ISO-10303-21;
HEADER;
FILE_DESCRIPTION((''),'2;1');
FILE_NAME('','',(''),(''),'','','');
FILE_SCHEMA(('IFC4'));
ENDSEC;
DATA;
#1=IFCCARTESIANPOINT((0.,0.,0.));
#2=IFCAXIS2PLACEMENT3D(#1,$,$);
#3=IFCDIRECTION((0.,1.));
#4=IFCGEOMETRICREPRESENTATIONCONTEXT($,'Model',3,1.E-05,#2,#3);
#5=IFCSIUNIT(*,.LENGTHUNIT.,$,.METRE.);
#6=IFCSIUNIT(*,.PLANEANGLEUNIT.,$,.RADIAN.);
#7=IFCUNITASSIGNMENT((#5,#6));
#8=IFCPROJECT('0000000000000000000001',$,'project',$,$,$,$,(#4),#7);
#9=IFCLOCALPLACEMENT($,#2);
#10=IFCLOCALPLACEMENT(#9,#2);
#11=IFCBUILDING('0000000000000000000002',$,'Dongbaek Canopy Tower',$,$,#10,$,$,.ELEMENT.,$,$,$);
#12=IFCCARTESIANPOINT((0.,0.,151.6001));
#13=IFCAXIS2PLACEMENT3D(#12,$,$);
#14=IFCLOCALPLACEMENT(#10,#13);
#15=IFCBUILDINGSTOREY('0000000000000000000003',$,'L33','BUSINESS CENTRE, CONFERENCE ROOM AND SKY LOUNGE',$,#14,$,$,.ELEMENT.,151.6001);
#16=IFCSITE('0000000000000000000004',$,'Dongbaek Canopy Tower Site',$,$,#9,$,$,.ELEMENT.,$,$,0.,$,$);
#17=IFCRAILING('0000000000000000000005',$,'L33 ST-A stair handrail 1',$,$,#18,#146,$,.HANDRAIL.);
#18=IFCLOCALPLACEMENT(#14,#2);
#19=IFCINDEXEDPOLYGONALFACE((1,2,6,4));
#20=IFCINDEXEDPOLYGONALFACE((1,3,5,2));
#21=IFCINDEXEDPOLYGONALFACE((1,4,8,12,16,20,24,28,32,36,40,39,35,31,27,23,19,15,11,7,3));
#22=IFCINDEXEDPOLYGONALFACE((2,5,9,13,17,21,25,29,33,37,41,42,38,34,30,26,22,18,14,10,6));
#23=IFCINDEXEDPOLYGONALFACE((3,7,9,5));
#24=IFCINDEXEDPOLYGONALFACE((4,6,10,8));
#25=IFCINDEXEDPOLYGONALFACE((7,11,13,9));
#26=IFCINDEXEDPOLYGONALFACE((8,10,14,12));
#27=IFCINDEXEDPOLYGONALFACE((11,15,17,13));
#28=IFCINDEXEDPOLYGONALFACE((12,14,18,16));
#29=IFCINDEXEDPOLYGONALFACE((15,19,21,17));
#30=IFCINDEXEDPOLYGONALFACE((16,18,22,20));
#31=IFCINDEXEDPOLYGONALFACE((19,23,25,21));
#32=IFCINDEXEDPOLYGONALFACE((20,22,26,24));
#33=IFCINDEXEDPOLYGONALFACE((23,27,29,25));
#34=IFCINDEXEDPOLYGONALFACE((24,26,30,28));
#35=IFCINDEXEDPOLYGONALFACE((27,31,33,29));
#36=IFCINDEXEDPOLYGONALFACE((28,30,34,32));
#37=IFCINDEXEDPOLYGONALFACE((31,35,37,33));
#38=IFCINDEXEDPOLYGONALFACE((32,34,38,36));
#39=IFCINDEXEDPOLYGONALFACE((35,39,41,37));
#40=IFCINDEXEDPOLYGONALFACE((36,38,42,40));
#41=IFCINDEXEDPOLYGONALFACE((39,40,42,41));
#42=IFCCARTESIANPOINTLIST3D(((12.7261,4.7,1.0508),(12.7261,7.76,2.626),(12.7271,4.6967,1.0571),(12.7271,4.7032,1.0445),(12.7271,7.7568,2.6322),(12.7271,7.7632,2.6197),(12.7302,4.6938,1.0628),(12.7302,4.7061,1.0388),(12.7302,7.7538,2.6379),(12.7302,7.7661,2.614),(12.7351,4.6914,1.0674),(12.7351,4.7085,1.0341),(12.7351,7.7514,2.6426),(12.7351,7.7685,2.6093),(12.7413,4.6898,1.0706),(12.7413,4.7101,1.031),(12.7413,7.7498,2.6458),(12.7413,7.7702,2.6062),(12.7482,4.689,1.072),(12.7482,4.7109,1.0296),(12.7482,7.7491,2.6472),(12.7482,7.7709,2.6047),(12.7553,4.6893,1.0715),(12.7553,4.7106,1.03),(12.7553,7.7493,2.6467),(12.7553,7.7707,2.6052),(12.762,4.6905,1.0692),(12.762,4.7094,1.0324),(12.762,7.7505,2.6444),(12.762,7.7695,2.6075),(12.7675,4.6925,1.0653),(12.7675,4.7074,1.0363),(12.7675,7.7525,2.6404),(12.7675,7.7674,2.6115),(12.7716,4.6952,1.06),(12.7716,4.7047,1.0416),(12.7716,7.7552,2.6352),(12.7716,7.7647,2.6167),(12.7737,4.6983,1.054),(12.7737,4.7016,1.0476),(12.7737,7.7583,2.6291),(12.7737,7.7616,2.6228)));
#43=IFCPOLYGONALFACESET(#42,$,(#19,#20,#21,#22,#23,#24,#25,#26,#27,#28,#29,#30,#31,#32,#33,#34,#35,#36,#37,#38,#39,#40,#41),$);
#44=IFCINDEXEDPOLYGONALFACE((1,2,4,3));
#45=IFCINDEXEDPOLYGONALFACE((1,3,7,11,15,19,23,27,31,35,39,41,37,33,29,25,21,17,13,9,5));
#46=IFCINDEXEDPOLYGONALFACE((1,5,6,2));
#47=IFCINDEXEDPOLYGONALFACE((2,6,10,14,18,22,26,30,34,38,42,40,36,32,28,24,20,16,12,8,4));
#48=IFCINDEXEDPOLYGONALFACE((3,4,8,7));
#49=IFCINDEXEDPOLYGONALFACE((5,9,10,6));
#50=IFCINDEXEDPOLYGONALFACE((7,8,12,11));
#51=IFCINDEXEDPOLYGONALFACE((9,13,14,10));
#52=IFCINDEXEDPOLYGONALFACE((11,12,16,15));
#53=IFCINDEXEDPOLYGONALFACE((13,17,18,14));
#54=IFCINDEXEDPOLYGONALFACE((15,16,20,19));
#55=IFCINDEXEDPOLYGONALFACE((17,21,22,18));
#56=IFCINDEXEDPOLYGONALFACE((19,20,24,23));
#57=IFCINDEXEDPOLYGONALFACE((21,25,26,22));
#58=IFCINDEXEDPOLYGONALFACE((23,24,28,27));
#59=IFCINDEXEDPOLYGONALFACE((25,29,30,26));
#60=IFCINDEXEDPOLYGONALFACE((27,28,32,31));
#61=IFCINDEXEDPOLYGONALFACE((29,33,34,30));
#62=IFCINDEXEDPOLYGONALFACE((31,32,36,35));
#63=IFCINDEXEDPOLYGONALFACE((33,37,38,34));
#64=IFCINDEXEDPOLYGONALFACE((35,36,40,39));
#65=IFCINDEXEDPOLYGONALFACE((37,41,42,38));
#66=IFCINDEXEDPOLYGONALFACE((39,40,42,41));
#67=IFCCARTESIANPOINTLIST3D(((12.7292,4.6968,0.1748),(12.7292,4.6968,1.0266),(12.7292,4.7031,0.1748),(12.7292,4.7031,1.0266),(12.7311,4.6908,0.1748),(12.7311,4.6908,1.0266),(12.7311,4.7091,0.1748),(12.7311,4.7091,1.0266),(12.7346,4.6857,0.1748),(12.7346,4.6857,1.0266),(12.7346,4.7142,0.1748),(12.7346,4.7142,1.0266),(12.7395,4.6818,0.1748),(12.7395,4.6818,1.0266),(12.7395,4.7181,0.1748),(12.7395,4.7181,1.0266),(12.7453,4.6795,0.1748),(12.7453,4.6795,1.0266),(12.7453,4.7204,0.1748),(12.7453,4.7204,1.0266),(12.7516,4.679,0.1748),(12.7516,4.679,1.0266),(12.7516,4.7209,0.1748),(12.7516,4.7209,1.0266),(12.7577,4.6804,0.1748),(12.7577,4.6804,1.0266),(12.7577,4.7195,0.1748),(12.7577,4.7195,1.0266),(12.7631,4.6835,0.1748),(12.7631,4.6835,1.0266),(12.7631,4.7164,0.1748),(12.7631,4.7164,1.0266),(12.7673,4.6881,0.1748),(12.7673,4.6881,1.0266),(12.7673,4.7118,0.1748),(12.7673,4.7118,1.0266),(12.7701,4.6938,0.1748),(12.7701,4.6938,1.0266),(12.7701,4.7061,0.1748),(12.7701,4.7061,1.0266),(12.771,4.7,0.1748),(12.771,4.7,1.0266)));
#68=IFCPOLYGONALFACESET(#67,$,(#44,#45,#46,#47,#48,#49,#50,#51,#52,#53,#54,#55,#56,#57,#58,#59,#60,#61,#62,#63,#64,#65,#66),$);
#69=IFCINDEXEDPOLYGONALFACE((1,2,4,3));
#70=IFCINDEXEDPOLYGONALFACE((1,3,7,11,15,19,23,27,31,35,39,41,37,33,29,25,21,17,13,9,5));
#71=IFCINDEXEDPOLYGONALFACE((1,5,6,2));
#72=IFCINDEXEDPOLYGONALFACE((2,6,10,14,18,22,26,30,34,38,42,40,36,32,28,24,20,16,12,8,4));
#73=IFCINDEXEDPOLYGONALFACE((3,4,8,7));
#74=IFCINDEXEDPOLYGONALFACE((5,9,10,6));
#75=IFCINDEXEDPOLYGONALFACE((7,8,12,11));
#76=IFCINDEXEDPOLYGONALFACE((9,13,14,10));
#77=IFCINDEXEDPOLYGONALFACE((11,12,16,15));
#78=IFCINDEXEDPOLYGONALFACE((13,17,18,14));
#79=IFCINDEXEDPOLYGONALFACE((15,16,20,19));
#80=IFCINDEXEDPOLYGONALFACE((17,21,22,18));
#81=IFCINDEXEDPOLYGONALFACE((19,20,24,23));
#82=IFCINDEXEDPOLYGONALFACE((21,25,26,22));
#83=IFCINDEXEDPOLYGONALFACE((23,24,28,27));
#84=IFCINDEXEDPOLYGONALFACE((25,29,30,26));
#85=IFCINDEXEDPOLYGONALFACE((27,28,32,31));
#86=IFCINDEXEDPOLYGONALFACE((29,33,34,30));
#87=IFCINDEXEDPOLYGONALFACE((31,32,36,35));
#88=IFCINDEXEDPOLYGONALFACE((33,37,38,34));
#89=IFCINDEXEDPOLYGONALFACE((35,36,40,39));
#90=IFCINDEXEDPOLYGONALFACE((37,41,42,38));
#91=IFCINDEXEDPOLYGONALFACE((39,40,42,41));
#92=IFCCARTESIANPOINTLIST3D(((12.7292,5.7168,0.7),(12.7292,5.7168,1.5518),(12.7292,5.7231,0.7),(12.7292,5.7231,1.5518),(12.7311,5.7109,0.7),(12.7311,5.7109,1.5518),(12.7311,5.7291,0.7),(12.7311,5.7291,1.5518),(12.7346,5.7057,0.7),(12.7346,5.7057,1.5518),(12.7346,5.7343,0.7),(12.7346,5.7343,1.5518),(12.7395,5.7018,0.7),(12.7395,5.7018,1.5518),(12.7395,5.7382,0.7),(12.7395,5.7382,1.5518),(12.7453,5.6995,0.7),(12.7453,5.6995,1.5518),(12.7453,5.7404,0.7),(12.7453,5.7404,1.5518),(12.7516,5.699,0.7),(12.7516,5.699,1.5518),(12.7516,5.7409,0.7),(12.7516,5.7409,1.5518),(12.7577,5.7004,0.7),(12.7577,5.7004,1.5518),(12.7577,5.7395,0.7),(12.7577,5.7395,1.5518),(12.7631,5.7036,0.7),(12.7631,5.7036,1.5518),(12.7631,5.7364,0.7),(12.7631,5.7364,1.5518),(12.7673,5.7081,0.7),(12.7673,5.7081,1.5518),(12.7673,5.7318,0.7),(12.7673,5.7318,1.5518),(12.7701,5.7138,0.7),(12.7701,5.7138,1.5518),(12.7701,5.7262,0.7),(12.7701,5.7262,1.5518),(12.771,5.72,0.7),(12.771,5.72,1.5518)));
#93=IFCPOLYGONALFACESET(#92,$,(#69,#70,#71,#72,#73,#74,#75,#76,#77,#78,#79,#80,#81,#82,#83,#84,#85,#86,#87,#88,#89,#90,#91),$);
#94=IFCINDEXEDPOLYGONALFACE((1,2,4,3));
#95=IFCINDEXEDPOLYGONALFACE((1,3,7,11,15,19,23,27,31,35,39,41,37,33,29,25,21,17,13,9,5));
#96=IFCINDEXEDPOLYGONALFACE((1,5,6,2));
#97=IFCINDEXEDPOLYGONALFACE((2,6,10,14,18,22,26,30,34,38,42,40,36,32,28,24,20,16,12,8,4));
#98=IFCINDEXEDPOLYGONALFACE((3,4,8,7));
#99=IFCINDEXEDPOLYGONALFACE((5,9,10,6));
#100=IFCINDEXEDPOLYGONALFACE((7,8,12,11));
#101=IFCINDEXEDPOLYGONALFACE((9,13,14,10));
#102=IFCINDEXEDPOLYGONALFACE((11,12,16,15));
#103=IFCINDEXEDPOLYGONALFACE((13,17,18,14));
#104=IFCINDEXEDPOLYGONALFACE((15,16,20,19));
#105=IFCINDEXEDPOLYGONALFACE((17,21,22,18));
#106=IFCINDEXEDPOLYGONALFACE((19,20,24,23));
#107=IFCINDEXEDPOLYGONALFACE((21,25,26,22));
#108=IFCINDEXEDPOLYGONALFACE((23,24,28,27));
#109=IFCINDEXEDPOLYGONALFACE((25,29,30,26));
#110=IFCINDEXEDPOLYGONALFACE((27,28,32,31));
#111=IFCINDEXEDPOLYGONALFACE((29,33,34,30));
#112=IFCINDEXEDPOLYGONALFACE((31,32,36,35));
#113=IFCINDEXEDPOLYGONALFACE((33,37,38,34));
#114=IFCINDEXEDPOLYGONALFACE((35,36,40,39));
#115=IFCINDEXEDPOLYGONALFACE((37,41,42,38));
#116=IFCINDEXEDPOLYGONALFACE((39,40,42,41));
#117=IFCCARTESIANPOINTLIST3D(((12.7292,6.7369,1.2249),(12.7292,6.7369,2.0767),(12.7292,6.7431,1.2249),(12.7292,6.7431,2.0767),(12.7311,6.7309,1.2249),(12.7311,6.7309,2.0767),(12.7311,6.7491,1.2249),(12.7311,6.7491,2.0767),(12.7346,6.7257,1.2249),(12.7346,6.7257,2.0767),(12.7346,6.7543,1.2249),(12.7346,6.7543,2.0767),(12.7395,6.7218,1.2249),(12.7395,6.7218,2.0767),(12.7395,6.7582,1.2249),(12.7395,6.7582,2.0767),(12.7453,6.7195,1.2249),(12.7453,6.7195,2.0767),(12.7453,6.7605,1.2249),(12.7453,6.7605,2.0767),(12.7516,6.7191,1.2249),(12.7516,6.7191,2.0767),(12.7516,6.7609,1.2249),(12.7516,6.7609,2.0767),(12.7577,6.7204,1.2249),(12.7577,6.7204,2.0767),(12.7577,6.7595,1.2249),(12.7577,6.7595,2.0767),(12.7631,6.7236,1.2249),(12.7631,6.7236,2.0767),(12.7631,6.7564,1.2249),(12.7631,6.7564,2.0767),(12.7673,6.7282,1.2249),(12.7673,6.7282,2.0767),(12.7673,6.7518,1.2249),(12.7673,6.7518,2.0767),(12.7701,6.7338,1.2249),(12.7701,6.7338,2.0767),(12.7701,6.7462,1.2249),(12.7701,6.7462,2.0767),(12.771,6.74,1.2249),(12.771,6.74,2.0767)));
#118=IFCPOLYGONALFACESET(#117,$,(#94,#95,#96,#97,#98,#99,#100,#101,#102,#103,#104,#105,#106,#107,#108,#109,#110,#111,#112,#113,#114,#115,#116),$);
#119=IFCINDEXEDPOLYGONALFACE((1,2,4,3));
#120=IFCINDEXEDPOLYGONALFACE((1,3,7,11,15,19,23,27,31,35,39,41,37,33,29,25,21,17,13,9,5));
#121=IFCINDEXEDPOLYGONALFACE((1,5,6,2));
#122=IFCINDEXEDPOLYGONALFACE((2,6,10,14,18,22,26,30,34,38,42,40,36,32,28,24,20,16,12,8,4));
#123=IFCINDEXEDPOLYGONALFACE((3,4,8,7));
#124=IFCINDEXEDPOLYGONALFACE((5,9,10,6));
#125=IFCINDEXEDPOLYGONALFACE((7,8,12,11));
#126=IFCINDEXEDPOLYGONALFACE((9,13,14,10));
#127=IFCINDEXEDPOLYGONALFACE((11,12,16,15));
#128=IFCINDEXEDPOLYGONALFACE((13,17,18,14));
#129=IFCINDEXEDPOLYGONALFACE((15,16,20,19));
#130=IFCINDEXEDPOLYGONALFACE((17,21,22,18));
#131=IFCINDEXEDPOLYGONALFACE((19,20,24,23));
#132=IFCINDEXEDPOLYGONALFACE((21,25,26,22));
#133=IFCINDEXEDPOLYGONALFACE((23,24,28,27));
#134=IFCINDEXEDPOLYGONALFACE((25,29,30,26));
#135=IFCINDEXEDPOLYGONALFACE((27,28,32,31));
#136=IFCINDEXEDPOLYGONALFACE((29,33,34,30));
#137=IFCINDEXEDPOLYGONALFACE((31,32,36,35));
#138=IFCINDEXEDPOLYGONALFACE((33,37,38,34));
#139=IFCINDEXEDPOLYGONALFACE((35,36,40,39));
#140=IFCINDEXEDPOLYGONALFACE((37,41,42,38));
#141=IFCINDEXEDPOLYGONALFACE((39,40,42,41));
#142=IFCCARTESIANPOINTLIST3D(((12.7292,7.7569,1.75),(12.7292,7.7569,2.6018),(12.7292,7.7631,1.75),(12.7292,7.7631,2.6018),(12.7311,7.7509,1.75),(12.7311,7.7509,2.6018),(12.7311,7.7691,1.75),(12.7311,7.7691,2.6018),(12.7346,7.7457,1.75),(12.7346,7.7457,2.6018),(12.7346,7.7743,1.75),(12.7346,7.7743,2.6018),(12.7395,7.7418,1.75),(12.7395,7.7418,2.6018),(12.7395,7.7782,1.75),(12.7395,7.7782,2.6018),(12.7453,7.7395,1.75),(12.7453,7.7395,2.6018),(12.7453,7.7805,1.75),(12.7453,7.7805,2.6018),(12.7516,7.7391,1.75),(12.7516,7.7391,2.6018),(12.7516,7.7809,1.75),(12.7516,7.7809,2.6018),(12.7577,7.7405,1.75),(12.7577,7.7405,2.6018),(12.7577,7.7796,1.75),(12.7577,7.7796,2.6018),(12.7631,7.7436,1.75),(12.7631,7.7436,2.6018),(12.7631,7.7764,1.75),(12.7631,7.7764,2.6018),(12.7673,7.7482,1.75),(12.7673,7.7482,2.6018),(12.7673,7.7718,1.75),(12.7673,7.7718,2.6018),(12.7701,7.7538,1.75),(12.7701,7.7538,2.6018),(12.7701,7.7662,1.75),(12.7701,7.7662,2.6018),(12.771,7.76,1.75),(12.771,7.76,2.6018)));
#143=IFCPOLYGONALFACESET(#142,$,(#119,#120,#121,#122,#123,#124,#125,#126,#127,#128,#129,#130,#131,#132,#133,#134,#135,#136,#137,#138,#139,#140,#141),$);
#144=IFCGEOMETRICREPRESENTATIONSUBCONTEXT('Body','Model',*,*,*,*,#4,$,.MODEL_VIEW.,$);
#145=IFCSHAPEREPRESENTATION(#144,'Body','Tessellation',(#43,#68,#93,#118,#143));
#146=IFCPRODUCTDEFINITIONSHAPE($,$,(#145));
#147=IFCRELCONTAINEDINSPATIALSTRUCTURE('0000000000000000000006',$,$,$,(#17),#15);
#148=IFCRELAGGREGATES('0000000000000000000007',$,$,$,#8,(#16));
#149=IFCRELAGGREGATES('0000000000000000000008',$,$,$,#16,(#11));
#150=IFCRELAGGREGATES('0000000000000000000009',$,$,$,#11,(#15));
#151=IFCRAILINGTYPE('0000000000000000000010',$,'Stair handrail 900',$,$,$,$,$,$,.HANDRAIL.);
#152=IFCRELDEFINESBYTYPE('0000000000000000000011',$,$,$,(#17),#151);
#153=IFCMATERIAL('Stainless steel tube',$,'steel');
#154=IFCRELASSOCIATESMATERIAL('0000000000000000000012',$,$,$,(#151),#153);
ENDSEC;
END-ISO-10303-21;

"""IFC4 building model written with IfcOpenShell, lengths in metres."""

from ifc_helpers import new_model, si_unit, direction, frame, origin, origin_2d, place, context, subcontext, project, spatial, circle, extrude, material, type_object, element, save


model = new_model("IFC4")

# Units and contexts
model_context = context("Model", 3, precision=1e-05, world=origin(), true_north=direction((0.0, 1.0)))
body_context = subcontext(model_context, "Body", "Model", "MODEL_VIEW")
ifc_project = project(units=[si_unit("LENGTHUNIT", "METRE"), si_unit("PLANEANGLEUNIT", "RADIAN")], contexts=[model_context])

# Site, building, storey
site_placement = place(None, origin())
site = spatial("IfcSite", under=ifc_project, at=site_placement, Name="Dongbaek Canopy Tower Site", CompositionType="ELEMENT", RefElevation=0.0)
building_placement = place(site_placement, origin())
building = spatial("IfcBuilding", under=site, at=building_placement, Name="Dongbaek Canopy Tower", CompositionType="ELEMENT")
storey_placement = place(building_placement, frame((0.0, 0.0, 151.6001)))
storey = spatial("IfcBuildingStorey", under=building, at=storey_placement, Name="L33", Description="BUSINESS CENTRE, CONFERENCE ROOM AND SKY LOUNGE", CompositionType="ELEMENT", Elevation=151.6001)

# Railing
ifc_material_1 = material(Name="Stainless steel tube", Category="steel")
railing_type = type_object("IfcRailingType", Name="Stair handrail 900", PredefinedType="HANDRAIL", material=ifc_material_1)
for number, where, name in (
    (1, (12.75, 4.7, 0.1748), "L33 ST-A stair handrail 1"),
):
    element("IfcRailing", number, at=place(storey_placement, frame(where)), inside=storey, type_object=railing_type, Name=name, PredefinedType="HANDRAIL", context=body_context, shape_type="SweptSolid", body=[
        extrude(circle(Radius=0.0239, at=origin_2d()), frame((0.0, 0.0, 0.876), z_axis=(0.0, 0.889116, 0.457681), x_axis=(-1.0, 0.0, 0.0)), (0.0, 0.0, 1.0), 3.4417),
        extrude(circle(Radius=0.021, at=origin_2d()), origin(), (0.0, 0.0, 1.0), 0.8518),
        extrude(circle(Radius=0.021, at=origin_2d()), frame((0.0, 1.02, 0.5251)), (0.0, 0.0, 1.0), 0.8518),
        extrude(circle(Radius=0.021, at=origin_2d()), frame((0.0, 2.04, 1.05)), (0.0, 0.0, 1.0), 0.8518),
        extrude(circle(Radius=0.021, at=origin_2d()), frame((0.0, 3.0601, 1.5752)), (0.0, 0.0, 1.0), 0.8518),
    ])

save(model, "model.ifc")
